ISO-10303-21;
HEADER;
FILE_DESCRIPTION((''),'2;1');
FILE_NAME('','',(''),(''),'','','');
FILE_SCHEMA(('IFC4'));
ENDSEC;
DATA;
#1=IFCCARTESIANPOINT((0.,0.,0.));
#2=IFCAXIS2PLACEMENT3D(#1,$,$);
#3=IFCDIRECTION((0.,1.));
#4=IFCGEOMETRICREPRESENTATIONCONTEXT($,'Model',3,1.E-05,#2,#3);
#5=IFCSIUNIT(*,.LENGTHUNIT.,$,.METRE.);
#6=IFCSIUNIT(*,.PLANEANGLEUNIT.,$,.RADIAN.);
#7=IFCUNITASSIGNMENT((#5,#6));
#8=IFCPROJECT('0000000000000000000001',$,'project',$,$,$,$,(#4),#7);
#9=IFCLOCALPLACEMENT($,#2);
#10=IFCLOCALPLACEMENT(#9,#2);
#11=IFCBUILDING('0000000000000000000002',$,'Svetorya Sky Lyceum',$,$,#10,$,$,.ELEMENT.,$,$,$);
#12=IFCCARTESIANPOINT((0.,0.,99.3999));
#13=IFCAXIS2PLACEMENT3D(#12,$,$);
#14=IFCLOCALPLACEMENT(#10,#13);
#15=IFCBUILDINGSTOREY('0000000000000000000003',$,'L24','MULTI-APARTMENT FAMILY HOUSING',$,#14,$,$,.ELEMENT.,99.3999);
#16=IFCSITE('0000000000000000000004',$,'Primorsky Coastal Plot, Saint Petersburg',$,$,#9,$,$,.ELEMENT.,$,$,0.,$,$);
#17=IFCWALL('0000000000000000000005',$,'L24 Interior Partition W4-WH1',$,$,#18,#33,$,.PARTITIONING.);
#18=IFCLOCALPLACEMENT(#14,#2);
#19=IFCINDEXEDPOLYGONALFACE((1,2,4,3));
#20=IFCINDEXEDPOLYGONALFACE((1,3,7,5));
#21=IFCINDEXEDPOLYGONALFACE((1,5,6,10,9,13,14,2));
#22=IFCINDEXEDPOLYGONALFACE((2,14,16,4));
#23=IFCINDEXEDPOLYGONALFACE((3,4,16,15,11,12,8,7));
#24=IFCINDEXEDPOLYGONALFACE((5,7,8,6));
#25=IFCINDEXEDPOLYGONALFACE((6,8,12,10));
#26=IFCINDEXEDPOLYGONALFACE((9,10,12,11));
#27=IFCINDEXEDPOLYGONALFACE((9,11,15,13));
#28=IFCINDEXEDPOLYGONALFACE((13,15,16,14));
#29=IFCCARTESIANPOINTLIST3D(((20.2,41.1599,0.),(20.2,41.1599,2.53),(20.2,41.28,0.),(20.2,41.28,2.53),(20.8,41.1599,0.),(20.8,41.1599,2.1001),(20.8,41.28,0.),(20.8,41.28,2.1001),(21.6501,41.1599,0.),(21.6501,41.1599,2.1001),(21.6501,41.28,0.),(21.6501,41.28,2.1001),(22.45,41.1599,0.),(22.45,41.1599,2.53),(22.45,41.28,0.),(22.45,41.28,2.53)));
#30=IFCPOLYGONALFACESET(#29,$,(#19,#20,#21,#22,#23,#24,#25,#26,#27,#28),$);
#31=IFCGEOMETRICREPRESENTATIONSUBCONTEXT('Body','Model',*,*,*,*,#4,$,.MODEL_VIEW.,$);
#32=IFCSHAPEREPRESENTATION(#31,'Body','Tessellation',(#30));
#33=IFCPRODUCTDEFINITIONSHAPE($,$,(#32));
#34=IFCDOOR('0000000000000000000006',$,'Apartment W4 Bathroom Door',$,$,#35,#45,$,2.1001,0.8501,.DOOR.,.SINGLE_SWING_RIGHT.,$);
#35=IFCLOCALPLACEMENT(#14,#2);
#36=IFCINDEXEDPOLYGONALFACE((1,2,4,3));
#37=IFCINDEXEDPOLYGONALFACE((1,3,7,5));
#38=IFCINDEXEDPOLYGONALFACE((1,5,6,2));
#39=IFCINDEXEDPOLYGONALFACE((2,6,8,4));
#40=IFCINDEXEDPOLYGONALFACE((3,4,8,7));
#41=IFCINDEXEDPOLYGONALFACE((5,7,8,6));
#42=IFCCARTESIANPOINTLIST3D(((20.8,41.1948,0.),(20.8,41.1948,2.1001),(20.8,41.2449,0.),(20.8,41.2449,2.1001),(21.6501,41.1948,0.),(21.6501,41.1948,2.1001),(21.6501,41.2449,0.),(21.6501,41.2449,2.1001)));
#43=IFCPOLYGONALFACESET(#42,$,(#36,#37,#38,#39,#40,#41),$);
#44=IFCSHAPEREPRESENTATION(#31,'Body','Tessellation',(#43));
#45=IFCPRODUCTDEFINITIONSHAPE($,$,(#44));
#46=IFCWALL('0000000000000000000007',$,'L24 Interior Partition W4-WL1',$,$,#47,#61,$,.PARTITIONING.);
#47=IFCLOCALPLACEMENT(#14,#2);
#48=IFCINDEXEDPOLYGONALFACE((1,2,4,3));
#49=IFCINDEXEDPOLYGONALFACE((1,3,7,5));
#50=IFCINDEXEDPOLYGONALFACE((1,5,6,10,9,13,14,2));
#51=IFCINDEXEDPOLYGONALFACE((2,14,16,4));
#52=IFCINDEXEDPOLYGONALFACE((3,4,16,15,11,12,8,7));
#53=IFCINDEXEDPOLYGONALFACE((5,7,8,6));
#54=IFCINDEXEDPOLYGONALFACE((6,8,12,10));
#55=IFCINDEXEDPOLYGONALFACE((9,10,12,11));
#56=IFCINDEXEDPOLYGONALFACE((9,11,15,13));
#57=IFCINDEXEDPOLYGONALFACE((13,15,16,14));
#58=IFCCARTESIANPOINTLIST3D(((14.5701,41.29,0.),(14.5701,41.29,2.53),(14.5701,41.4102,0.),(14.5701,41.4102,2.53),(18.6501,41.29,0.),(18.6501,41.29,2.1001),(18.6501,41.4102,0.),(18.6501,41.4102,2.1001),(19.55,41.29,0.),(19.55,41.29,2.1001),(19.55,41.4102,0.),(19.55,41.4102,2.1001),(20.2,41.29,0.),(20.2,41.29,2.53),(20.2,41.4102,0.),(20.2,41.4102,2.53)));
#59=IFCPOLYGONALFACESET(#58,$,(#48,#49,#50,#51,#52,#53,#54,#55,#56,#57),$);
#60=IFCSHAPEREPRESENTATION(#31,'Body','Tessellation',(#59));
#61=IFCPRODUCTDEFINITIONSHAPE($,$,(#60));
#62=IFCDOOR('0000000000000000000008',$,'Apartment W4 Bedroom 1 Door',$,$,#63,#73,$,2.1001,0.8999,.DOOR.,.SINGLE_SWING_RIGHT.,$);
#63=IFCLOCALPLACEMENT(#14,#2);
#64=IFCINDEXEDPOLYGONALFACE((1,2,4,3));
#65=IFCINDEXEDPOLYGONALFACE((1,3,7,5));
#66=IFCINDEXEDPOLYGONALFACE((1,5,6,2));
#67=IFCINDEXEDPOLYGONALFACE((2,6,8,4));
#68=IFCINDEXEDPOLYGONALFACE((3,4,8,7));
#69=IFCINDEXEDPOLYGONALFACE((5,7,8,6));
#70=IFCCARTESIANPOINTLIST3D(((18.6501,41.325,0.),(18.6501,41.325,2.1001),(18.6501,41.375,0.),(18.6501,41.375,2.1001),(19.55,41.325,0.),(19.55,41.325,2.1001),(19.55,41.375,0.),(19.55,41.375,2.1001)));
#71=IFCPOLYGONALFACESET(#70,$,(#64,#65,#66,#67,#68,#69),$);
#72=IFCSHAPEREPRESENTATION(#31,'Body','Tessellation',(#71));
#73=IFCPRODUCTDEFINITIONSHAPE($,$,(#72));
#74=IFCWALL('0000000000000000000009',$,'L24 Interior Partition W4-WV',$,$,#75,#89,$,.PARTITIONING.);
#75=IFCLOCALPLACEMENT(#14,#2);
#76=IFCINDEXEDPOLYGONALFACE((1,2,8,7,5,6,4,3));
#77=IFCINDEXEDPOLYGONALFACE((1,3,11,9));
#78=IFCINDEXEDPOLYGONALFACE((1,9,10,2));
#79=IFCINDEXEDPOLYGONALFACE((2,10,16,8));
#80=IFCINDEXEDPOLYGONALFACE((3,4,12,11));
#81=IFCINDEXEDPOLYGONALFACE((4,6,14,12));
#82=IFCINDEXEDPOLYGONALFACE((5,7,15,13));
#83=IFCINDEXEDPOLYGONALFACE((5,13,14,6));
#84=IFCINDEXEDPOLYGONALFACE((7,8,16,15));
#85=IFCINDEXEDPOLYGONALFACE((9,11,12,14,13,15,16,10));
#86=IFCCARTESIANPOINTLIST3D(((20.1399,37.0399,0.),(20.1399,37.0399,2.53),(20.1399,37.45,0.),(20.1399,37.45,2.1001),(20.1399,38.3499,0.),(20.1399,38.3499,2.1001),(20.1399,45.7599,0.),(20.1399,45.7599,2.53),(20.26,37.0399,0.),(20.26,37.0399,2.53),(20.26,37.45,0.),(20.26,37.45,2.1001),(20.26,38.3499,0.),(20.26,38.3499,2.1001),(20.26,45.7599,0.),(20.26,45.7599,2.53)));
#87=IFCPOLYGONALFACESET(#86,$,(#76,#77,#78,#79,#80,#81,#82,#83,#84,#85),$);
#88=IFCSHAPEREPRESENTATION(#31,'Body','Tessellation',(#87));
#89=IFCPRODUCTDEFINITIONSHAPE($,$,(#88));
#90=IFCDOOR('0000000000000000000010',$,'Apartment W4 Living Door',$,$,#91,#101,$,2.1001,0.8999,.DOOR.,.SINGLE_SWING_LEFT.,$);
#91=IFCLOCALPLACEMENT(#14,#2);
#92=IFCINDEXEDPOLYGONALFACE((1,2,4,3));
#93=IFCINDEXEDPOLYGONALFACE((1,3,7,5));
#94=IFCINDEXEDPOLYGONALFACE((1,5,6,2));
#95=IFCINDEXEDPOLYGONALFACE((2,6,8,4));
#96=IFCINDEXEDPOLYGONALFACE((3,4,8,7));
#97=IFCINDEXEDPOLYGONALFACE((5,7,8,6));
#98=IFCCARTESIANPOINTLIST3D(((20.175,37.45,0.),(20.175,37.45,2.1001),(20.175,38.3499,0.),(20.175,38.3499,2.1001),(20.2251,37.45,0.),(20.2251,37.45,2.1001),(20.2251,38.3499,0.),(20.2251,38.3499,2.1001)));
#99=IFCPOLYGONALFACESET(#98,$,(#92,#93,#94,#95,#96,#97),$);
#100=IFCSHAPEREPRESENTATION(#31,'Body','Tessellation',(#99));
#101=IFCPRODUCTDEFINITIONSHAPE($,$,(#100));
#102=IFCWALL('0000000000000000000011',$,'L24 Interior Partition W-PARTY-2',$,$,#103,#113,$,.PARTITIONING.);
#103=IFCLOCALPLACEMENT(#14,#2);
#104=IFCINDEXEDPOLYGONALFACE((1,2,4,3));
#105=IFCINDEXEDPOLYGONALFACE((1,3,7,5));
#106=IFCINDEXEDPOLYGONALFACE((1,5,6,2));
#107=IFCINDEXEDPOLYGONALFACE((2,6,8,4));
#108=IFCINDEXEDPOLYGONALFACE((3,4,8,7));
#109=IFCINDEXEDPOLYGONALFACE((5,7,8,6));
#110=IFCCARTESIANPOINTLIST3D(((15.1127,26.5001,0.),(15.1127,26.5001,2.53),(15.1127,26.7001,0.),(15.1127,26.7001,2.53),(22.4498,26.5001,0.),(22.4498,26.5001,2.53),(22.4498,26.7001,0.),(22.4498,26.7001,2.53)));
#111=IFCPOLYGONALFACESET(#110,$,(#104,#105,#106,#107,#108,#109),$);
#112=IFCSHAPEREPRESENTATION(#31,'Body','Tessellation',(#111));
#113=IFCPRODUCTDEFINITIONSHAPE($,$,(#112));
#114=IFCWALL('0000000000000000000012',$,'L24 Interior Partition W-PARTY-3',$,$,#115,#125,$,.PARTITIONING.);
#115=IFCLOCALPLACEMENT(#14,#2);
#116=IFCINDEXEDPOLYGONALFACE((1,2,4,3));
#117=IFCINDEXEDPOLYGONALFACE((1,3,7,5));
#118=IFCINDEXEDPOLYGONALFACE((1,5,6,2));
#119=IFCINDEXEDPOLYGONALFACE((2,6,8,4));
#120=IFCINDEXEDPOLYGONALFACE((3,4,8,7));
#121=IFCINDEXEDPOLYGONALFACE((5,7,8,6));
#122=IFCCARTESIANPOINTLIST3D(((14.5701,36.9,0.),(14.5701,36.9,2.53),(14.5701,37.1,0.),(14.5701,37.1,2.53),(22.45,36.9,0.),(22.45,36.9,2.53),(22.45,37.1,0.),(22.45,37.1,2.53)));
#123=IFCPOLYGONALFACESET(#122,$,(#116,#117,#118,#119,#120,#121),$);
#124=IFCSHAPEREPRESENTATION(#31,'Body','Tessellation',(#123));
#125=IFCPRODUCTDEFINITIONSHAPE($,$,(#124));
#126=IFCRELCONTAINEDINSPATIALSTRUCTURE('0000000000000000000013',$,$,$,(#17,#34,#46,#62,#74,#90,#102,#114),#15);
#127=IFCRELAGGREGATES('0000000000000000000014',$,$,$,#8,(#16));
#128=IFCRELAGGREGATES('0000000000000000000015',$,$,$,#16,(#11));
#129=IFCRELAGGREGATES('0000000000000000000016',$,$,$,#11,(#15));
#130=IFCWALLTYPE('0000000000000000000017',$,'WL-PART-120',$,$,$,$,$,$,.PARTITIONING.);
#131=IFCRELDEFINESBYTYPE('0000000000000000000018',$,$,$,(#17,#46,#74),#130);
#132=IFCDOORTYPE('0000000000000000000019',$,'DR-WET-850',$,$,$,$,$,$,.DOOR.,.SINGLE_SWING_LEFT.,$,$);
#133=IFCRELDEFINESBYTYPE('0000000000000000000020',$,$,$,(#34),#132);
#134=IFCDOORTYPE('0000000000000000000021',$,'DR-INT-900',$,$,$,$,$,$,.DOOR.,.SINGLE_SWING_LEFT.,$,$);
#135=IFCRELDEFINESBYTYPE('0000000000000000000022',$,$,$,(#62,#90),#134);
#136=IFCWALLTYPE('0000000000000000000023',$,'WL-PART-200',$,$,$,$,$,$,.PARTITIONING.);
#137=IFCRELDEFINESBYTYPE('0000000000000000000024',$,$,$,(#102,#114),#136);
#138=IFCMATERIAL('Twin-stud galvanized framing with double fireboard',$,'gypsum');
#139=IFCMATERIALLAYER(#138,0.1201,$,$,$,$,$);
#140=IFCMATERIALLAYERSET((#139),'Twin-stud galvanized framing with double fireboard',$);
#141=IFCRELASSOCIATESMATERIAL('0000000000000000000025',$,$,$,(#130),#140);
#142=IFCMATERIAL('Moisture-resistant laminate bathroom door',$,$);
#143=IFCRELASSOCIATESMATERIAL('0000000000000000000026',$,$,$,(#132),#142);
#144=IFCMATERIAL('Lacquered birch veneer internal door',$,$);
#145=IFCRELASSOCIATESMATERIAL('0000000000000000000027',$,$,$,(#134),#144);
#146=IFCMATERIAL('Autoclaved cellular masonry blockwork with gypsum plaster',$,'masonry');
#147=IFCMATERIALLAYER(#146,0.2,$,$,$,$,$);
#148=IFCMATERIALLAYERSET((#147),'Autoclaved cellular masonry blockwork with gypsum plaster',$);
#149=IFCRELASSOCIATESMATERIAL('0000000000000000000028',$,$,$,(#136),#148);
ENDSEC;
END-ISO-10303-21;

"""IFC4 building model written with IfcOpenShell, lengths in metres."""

from ifc_helpers import new_model, si_unit, direction, frame, frame_2d, origin, place, context, subcontext, project, spatial, rectangle, extrude, material, layer, layer_set, type_object, element, fill, save


model = new_model("IFC4")

# Units and contexts
model_context = context("Model", 3, precision=1e-05, world=origin(), true_north=direction((0.0, 1.0)))
body_context = subcontext(model_context, "Body", "Model", "MODEL_VIEW")
ifc_project = project(units=[si_unit("LENGTHUNIT", "METRE"), si_unit("PLANEANGLEUNIT", "RADIAN")], contexts=[model_context])

# Site, building, storey
site_placement = place(None, origin())
site = spatial("IfcSite", under=ifc_project, at=site_placement, Name="Primorsky Coastal Plot, Saint Petersburg", CompositionType="ELEMENT", RefElevation=0.0)
building_placement = place(site_placement, origin())
building = spatial("IfcBuilding", under=site, at=building_placement, Name="Svetorya Sky Lyceum", CompositionType="ELEMENT")
storey_placement = place(building_placement, frame((0.0, 0.0, 99.3999)))
storey = spatial("IfcBuildingStorey", under=building, at=storey_placement, Name="L24", Description="MULTI-APARTMENT FAMILY HOUSING", CompositionType="ELEMENT", Elevation=99.3999)

# Walls, openings, doors
ifc_material_1 = material(Name="Twin-stud galvanized framing with double fireboard", Category="gypsum")
ifc_layer_1 = layer(ifc_material_1, 0.1201)
ifc_layer_set_1 = layer_set([ifc_layer_1], Name="Twin-stud galvanized framing with double fireboard")
wall_type_1 = type_object("IfcWallType", Name="WL-PART-120", PredefinedType="PARTITIONING", material=ifc_layer_set_1)
ifc_material_2 = material(Name="Moisture-resistant laminate bathroom door")
door_type_1 = type_object("IfcDoorType", Name="DR-WET-850", OperationType="SINGLE_SWING_LEFT", PredefinedType="DOOR", material=ifc_material_2)
ifc_material_3 = material(Name="Lacquered birch veneer internal door")
door_type_2 = type_object("IfcDoorType", Name="DR-INT-900", OperationType="SINGLE_SWING_LEFT", PredefinedType="DOOR", material=ifc_material_3)
wall_1_placement = place(storey_placement, frame((20.2, 41.22, 0.0), z_axis=(0.0, 0.0, 1.0), x_axis=(1.0, 0.0, 0.0)))
wall_1 = element("IfcWall", 1, at=wall_1_placement, inside=storey, type_object=wall_type_1, Name="L24 Interior Partition W4-WH1", PredefinedType="PARTITIONING", context=body_context, shape_type="SweptSolid", body=[
    extrude(rectangle(XDim=2.25, YDim=0.1201, at=frame_2d((1.125, 0.0))), origin(), (0.0, 0.0, 1.0), 2.53),
])
opening_1_placement = place(wall_1_placement, frame((0.6001, 0.0, 0.0)))
opening_1 = element("IfcOpeningElement", 2, at=opening_1_placement, cuts=wall_1, PredefinedType="OPENING", context=body_context, shape_type="SweptSolid", body=[
    extrude(rectangle(XDim=0.8501, YDim=2.1001, at=frame_2d((0.425, 1.05))), frame((0.0, 0.0701, 0.0), z_axis=(0.0, -1.0, 0.0), x_axis=(1.0, 0.0, 0.0)), (0.0, 0.0, 1.0), 0.1401),
])
door_1_placement = place(opening_1_placement, origin())
door_1 = element("IfcDoor", 3, at=door_1_placement, inside=storey, type_object=door_type_1, Name="Apartment W4 Bathroom Door", OperationType="SINGLE_SWING_RIGHT", OverallHeight=2.1001, OverallWidth=0.8501, PredefinedType="DOOR", context=body_context, shape_type="SweptSolid", body=[
    extrude(rectangle(XDim=0.8501, YDim=2.1001, at=frame_2d((0.425, 1.05))), frame((0.0, 0.0249, 0.0), z_axis=(0.0, -1.0, 0.0), x_axis=(1.0, 0.0, 0.0)), (0.0, 0.0, 1.0), 0.05),
])
fill(opening_1, door_1)
wall_2_placement = place(storey_placement, frame((14.5701, 41.3501, 0.0), z_axis=(0.0, 0.0, 1.0), x_axis=(1.0, 0.0, 0.0)))
wall_2 = element("IfcWall", 4, at=wall_2_placement, inside=storey, type_object=wall_type_1, Name="L24 Interior Partition W4-WL1", PredefinedType="PARTITIONING", context=body_context, shape_type="SweptSolid", body=[
    extrude(rectangle(XDim=5.6299, YDim=0.1201, at=frame_2d((2.8149, 0.0))), origin(), (0.0, 0.0, 1.0), 2.53),
])
opening_2_placement = place(wall_2_placement, frame((4.0801, 0.0, 0.0)))
opening_2 = element("IfcOpeningElement", 5, at=opening_2_placement, cuts=wall_2, PredefinedType="OPENING", context=body_context, shape_type="SweptSolid", body=[
    extrude(rectangle(XDim=0.8999, YDim=2.1001, at=frame_2d((0.45, 1.05))), frame((0.0, 0.0701, 0.0), z_axis=(0.0, -1.0, 0.0), x_axis=(1.0, 0.0, 0.0)), (0.0, 0.0, 1.0), 0.1401),
])
door_2_placement = place(opening_2_placement, origin())
door_2 = element("IfcDoor", 6, at=door_2_placement, inside=storey, type_object=door_type_2, Name="Apartment W4 Bedroom 1 Door", OperationType="SINGLE_SWING_RIGHT", OverallHeight=2.1001, OverallWidth=0.8999, PredefinedType="DOOR", context=body_context, shape_type="SweptSolid", body=[
    extrude(rectangle(XDim=0.8999, YDim=2.1001, at=frame_2d((0.45, 1.05))), frame((0.0, 0.0249, 0.0), z_axis=(0.0, -1.0, 0.0), x_axis=(1.0, 0.0, 0.0)), (0.0, 0.0, 1.0), 0.05),
])
fill(opening_2, door_2)
wall_3_placement = place(storey_placement, frame((20.2, 37.04, 0.0), z_axis=(0.0, 0.0, 1.0), x_axis=(0.0, 1.0, 0.0)))
wall_3 = element("IfcWall", 7, at=wall_3_placement, inside=storey, type_object=wall_type_1, Name="L24 Interior Partition W4-WV", PredefinedType="PARTITIONING", context=body_context, shape_type="SweptSolid", body=[
    extrude(rectangle(XDim=8.72, YDim=0.1201, at=frame_2d((4.3599, 0.0))), origin(), (0.0, 0.0, 1.0), 2.53),
])
opening_3_placement = place(wall_3_placement, frame((0.4099, 0.0, 0.0)))
opening_3 = element("IfcOpeningElement", 8, at=opening_3_placement, cuts=wall_3, PredefinedType="OPENING", context=body_context, shape_type="SweptSolid", body=[
    extrude(rectangle(XDim=0.8999, YDim=2.1001, at=frame_2d((0.45, 1.05))), frame((0.0, 0.0701, 0.0), z_axis=(0.0, -1.0, 0.0), x_axis=(1.0, 0.0, 0.0)), (0.0, 0.0, 1.0), 0.1401),
])
door_3_placement = place(opening_3_placement, origin())
door_3 = element("IfcDoor", 9, at=door_3_placement, inside=storey, type_object=door_type_2, Name="Apartment W4 Living Door", OperationType="SINGLE_SWING_LEFT", OverallHeight=2.1001, OverallWidth=0.8999, PredefinedType="DOOR", context=body_context, shape_type="SweptSolid", body=[
    extrude(rectangle(XDim=0.8999, YDim=2.1001, at=frame_2d((0.45, 1.05))), frame((0.0, 0.0249, 0.0), z_axis=(0.0, -1.0, 0.0), x_axis=(1.0, 0.0, 0.0)), (0.0, 0.0, 1.0), 0.05),
])
fill(opening_3, door_3)

# Walls
ifc_material_4 = material(Name="Autoclaved cellular masonry blockwork with gypsum plaster", Category="masonry")
ifc_layer_2 = layer(ifc_material_4, 0.2)
ifc_layer_set_2 = layer_set([ifc_layer_2], Name="Autoclaved cellular masonry blockwork with gypsum plaster")
wall_type_2 = type_object("IfcWallType", Name="WL-PART-200", PredefinedType="PARTITIONING", material=ifc_layer_set_2)
wall_4_placement = place(storey_placement, frame((15.1128, 26.6001, 0.0), z_axis=(0.0, 0.0, 1.0), x_axis=(1.0, 0.0, 0.0)))
element("IfcWall", 10, at=wall_4_placement, inside=storey, type_object=wall_type_2, Name="L24 Interior Partition W-PARTY-2", PredefinedType="PARTITIONING", context=body_context, shape_type="SweptSolid", body=[
    extrude(rectangle(XDim=7.3372, YDim=0.2, at=frame_2d((3.6685, 0.0))), origin(), (0.0, 0.0, 1.0), 2.53),
])
wall_5_placement = place(storey_placement, frame((14.5701, 37.0, 0.0), z_axis=(0.0, 0.0, 1.0), x_axis=(1.0, 0.0, 0.0)))
element("IfcWall", 11, at=wall_5_placement, inside=storey, type_object=wall_type_2, Name="L24 Interior Partition W-PARTY-3", PredefinedType="PARTITIONING", context=body_context, shape_type="SweptSolid", body=[
    extrude(rectangle(XDim=7.8799, YDim=0.2, at=frame_2d((3.9399, 0.0))), origin(), (0.0, 0.0, 1.0), 2.53),
])

save(model, "model.ifc")
